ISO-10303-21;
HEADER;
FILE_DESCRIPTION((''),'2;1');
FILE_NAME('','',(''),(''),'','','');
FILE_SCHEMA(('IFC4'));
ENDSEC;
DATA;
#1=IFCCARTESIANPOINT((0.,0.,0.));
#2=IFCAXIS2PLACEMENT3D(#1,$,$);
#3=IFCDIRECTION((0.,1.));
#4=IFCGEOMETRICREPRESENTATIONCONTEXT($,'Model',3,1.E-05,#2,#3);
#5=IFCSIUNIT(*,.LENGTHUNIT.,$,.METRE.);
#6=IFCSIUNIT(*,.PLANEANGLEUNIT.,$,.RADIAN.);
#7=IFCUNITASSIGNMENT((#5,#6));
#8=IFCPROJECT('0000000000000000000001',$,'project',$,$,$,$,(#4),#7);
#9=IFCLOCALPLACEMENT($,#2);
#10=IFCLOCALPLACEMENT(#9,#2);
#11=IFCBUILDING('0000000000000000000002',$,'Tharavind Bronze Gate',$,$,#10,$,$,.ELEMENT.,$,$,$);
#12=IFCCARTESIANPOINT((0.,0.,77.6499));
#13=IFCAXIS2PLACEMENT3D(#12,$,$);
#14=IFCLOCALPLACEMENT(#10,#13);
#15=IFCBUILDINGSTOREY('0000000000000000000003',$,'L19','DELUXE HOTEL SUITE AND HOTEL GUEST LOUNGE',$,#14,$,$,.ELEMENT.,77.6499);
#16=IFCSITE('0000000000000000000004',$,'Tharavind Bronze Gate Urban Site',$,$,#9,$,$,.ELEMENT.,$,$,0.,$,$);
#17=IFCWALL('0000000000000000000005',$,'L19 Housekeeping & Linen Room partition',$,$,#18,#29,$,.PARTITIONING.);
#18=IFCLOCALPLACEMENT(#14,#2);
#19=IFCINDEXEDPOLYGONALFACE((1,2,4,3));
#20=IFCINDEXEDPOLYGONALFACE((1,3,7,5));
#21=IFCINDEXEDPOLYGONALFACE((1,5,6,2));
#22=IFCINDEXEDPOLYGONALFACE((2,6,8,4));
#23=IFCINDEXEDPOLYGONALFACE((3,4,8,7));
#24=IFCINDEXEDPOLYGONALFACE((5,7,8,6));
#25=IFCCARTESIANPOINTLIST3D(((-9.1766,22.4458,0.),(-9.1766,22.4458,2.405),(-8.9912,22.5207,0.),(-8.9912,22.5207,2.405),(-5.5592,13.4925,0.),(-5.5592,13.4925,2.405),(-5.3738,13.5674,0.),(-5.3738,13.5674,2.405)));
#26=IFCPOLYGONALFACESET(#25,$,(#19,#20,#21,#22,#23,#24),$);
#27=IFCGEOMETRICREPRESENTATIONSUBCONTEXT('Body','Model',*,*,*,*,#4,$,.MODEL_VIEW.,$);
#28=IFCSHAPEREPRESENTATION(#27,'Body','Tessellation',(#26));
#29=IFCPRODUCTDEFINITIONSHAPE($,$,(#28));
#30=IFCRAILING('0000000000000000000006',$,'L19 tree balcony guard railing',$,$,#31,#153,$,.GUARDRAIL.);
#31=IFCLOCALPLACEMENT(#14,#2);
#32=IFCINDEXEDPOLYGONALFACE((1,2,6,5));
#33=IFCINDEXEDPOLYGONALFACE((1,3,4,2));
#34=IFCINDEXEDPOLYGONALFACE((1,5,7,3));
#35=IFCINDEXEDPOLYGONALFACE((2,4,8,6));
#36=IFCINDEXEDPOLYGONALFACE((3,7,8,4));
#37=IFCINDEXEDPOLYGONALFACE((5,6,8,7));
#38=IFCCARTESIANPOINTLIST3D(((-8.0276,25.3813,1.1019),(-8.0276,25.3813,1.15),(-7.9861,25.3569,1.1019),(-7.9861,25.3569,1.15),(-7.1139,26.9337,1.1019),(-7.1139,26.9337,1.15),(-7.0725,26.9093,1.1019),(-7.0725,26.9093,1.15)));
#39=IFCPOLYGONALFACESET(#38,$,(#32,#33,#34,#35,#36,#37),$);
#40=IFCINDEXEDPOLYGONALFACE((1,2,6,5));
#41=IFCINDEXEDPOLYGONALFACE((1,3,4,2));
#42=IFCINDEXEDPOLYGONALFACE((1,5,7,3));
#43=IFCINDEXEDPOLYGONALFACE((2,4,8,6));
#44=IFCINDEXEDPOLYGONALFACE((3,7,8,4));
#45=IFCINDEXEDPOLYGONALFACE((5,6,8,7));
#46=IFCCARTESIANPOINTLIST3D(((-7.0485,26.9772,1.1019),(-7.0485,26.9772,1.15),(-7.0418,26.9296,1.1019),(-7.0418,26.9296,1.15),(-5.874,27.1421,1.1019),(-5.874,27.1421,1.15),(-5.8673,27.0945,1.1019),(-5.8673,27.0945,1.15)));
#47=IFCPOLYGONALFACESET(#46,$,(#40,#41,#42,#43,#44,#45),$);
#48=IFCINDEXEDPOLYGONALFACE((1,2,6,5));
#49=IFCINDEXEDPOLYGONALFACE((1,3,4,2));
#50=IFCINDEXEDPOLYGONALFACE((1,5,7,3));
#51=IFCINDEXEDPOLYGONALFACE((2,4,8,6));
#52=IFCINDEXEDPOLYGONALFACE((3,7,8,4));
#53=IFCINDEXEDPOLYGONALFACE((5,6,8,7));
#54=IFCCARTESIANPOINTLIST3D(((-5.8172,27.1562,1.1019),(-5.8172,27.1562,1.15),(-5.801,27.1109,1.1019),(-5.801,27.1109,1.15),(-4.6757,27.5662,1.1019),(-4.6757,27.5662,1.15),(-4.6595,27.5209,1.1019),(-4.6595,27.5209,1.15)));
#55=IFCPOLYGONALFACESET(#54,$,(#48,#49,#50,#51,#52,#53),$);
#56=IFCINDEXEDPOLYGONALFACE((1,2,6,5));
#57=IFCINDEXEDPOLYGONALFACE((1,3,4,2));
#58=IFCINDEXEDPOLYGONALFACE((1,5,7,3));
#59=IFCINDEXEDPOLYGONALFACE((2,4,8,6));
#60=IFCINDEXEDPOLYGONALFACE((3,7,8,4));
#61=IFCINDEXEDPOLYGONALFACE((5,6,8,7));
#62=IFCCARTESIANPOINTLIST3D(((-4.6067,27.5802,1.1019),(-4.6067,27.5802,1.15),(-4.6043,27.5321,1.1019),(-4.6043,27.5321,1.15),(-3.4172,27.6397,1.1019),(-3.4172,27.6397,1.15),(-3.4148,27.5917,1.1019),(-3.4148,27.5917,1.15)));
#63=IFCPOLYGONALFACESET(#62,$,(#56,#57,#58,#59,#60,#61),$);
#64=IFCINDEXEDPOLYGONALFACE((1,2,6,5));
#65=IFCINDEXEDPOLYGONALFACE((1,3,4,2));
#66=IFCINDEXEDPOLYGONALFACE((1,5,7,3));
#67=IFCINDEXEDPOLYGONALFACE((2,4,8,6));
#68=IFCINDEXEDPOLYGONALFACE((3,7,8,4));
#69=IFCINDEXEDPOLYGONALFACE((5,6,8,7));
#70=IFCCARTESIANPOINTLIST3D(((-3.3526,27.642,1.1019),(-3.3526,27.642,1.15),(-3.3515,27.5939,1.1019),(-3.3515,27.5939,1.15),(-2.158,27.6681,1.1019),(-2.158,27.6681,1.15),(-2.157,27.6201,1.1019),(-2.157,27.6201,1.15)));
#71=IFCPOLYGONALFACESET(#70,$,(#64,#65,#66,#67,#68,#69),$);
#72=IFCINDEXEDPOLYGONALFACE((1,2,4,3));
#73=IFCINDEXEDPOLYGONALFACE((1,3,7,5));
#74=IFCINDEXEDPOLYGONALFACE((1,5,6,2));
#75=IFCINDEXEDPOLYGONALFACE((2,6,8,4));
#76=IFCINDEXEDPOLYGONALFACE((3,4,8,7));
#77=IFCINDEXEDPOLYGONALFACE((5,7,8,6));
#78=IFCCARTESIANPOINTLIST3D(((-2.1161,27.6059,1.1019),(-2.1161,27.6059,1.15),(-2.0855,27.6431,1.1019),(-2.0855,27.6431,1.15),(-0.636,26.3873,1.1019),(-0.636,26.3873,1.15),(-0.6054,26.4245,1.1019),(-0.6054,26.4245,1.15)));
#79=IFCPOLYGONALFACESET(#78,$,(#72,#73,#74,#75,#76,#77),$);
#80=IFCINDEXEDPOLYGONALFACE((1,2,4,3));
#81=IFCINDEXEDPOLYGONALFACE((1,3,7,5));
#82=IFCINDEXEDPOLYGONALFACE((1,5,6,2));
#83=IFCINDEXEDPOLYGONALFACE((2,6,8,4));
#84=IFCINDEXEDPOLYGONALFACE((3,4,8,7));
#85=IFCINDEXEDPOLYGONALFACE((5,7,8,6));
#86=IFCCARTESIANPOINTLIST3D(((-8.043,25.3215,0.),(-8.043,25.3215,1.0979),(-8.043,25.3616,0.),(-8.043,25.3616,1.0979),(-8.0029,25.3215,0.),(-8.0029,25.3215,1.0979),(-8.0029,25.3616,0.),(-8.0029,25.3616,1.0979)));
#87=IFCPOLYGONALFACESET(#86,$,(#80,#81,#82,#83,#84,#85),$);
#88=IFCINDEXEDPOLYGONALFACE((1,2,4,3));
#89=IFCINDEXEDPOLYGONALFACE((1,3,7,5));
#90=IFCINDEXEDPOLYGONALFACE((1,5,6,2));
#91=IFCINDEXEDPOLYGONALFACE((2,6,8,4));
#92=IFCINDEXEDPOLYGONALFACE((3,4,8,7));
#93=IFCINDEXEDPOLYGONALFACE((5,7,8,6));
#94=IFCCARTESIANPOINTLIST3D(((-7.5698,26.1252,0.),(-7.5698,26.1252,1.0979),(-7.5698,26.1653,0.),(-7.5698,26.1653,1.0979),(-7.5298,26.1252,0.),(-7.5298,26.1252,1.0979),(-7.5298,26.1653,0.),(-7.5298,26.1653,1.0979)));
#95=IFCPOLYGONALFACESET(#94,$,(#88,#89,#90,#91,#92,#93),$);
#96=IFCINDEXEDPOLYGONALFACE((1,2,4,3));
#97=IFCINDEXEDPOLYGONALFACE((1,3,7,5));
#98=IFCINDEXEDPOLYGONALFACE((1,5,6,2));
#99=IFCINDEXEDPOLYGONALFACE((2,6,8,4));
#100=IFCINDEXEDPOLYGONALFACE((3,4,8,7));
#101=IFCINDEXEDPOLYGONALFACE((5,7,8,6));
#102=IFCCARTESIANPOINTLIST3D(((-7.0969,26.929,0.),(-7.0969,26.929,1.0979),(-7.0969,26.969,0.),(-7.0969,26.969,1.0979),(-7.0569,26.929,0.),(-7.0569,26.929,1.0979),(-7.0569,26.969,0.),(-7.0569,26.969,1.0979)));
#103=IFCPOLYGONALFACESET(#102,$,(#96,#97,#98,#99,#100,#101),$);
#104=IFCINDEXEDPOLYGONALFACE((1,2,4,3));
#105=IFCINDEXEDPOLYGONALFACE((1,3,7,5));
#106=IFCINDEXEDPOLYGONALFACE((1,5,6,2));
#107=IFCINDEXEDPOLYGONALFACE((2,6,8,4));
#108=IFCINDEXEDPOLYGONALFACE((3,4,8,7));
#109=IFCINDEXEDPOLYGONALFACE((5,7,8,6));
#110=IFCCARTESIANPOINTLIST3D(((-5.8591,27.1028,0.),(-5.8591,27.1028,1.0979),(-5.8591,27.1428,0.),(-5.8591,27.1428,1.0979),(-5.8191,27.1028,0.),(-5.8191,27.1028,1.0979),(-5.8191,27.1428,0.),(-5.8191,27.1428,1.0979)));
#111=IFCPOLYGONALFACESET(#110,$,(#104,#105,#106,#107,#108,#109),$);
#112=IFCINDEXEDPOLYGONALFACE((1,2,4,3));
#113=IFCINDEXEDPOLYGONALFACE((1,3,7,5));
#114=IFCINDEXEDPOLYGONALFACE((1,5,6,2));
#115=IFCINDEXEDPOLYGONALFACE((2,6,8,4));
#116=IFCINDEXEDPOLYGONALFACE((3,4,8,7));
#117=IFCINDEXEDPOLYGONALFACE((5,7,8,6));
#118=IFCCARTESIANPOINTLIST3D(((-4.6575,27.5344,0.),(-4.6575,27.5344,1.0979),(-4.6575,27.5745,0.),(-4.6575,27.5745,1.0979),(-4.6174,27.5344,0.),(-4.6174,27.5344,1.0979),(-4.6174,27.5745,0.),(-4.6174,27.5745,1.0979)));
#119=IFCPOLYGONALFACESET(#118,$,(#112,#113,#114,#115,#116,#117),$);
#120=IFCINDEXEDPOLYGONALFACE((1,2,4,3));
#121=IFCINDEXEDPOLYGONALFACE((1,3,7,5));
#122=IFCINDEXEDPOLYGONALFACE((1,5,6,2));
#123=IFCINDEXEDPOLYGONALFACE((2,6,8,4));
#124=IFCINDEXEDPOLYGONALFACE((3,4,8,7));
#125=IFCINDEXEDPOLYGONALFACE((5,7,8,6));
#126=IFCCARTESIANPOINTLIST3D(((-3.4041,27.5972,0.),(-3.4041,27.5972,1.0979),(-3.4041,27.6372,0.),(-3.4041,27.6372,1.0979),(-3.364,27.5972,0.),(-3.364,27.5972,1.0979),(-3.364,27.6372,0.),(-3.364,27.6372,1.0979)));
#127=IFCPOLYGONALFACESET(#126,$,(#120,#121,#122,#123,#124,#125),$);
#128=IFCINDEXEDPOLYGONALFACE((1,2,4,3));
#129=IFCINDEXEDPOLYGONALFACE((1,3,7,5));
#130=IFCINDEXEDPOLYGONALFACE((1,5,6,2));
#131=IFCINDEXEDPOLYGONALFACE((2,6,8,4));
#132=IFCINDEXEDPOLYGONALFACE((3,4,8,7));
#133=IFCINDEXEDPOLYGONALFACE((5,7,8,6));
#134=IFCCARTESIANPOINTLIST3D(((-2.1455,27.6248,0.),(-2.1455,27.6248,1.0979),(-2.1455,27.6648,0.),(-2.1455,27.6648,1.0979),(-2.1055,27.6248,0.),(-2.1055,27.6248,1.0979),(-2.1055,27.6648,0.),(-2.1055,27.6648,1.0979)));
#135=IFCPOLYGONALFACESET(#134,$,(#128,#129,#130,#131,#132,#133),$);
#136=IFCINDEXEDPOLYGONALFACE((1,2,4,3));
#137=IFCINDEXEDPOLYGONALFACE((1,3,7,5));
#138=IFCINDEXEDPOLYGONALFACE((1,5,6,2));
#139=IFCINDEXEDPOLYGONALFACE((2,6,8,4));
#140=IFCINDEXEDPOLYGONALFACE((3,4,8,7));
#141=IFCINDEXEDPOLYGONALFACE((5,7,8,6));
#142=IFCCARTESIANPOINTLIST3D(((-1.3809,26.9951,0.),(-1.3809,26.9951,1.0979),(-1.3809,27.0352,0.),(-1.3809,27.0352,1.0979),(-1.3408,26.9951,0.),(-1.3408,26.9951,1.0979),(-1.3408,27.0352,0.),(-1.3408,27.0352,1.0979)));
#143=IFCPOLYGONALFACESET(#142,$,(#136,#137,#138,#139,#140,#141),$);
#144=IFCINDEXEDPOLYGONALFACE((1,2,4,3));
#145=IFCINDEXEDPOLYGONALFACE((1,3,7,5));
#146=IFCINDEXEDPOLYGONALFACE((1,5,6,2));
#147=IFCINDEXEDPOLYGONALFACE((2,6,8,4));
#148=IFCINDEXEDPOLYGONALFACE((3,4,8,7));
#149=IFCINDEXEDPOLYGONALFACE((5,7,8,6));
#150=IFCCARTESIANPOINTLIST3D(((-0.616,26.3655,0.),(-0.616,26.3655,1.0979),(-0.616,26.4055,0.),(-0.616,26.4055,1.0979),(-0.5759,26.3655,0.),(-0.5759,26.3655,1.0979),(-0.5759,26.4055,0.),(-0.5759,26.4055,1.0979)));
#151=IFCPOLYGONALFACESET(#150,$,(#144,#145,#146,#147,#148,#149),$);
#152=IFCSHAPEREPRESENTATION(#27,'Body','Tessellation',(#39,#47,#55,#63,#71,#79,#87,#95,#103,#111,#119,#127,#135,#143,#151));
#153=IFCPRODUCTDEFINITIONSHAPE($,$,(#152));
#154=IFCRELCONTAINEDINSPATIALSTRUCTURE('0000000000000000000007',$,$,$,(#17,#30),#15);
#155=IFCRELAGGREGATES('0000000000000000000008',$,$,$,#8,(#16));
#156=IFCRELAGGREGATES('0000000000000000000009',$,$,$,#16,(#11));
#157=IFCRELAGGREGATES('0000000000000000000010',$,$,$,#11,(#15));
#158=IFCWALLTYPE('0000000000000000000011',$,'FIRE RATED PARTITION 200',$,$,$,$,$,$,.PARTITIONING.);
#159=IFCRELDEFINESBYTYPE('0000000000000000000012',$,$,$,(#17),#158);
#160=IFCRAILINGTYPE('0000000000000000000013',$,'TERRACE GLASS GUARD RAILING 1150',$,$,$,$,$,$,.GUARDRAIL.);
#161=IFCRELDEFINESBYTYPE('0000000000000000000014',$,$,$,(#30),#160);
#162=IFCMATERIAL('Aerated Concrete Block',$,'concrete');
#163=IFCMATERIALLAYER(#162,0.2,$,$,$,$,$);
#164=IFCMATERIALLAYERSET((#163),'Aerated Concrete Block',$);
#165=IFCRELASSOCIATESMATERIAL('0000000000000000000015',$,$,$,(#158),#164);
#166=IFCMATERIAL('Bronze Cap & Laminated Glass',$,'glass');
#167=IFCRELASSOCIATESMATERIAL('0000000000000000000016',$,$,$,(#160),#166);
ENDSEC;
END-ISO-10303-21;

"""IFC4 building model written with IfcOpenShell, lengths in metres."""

from ifc_helpers import new_model, si_unit, direction, frame, frame_2d, origin, origin_2d, place, context, subcontext, project, spatial, rectangle, extrude, material, layer, layer_set, type_object, element, save


model = new_model("IFC4")

# Units and contexts
model_context = context("Model", 3, precision=1e-05, world=origin(), true_north=direction((0.0, 1.0)))
body_context = subcontext(model_context, "Body", "Model", "MODEL_VIEW")
ifc_project = project(units=[si_unit("LENGTHUNIT", "METRE"), si_unit("PLANEANGLEUNIT", "RADIAN")], contexts=[model_context])

# Site, building, storey
site_placement = place(None, origin())
site = spatial("IfcSite", under=ifc_project, at=site_placement, Name="Tharavind Bronze Gate Urban Site", CompositionType="ELEMENT", RefElevation=0.0)
building_placement = place(site_placement, origin())
building = spatial("IfcBuilding", under=site, at=building_placement, Name="Tharavind Bronze Gate", CompositionType="ELEMENT")
storey_placement = place(building_placement, frame((0.0, 0.0, 77.6499)))
storey = spatial("IfcBuildingStorey", under=building, at=storey_placement, Name="L19", Description="DELUXE HOTEL SUITE AND HOTEL GUEST LOUNGE", CompositionType="ELEMENT", Elevation=77.6499)

# Wall
ifc_material_1 = material(Name="Aerated Concrete Block", Category="concrete")
ifc_layer_1 = layer(ifc_material_1, 0.2)
ifc_layer_set_1 = layer_set([ifc_layer_1], Name="Aerated Concrete Block")
wall_type_1 = type_object("IfcWallType", Name="FIRE RATED PARTITION 200", PredefinedType="PARTITIONING", material=ifc_layer_set_1)
wall_1_placement = place(storey_placement, frame((-5.4666, 13.53, 0.0), z_axis=(0.0, 0.0, 1.0), x_axis=(-0.37461, 0.927183, 0.0)))
element("IfcWall", 1, at=wall_1_placement, inside=storey, type_object=wall_type_1, Name="L19 Housekeeping & Linen Room partition", PredefinedType="PARTITIONING", context=body_context, shape_type="SweptSolid", body=[
    extrude(rectangle(XDim=9.6565, YDim=0.2, at=frame_2d((4.8281, 0.0))), origin(), (0.0, 0.0, 1.0), 2.405),
])

# Railing
ifc_material_2 = material(Name="Bronze Cap & Laminated Glass", Category="glass")
railing_type = type_object("IfcRailingType", Name="TERRACE GLASS GUARD RAILING 1150", PredefinedType="GUARDRAIL", material=ifc_material_2)
railing_placement = place(storey_placement, frame((-8.0229, 25.3416, 0.0)))
element("IfcRailing", 2, at=railing_placement, inside=storey, type_object=railing_type, Name="L19 tree balcony guard railing", PredefinedType="GUARDRAIL", context=body_context, shape_type="SweptSolid", body=[
    extrude(rectangle(XDim=0.0481, YDim=0.0481, at=origin_2d()), frame((0.0161, 0.0276, 1.126), z_axis=(0.50722, 0.861816, 0.0), x_axis=(-0.861816, 0.50722, 0.0)), (0.0, 0.0, 1.0), 1.8013),
    extrude(rectangle(XDim=0.0481, YDim=0.0481, at=origin_2d()), frame((0.9778, 1.6118, 1.126), z_axis=(0.990283, 0.139069, 0.0), x_axis=(-0.139069, 0.990283, 0.0)), (0.0, 0.0, 1.0), 1.186),
    extrude(rectangle(XDim=0.0481, YDim=0.0481, at=origin_2d()), frame((2.2139, 1.792, 1.126), z_axis=(0.941126, 0.338056, 0.0), x_axis=(-0.338056, 0.941126, 0.0)), (0.0, 0.0, 1.0), 1.2129),
    extrude(rectangle(XDim=0.0481, YDim=0.0481, at=origin_2d()), frame((3.4175, 2.2146, 1.126), z_axis=(0.998749, 0.049996, 0.0), x_axis=(-0.049996, 0.998749, 0.0)), (0.0, 0.0, 1.0), 1.1909),
    extrude(rectangle(XDim=0.0481, YDim=0.0481, at=origin_2d()), frame((4.6709, 2.2764, 1.126), z_axis=(0.99976, 0.021915, 0.0), x_axis=(-0.021915, 0.99976, 0.0)), (0.0, 0.0, 1.0), 1.1948),
    extrude(rectangle(XDim=0.0481, YDim=0.0481, at=origin_2d()), frame((5.9221, 2.283, 1.126), z_axis=(0.772016, -0.635604, 0.0), x_axis=(0.635604, 0.772016, 0.0)), (0.0, 0.0, 1.0), 1.9172),
    extrude(rectangle(XDim=0.04, YDim=0.04, at=origin_2d()), origin(), (0.0, 0.0, 1.0), 1.0979),
    extrude(rectangle(XDim=0.04, YDim=0.04, at=origin_2d()), frame((0.4731, 0.8037, 0.0)), (0.0, 0.0, 1.0), 1.0979),
    extrude(rectangle(XDim=0.04, YDim=0.04, at=origin_2d()), frame((0.946, 1.6074, 0.0)), (0.0, 0.0, 1.0), 1.0979),
    extrude(rectangle(XDim=0.04, YDim=0.04, at=origin_2d()), frame((2.1838, 1.7812, 0.0)), (0.0, 0.0, 1.0), 1.0979),
    extrude(rectangle(XDim=0.04, YDim=0.04, at=origin_2d()), frame((3.3855, 2.2129, 0.0)), (0.0, 0.0, 1.0), 1.0979),
    extrude(rectangle(XDim=0.04, YDim=0.04, at=origin_2d()), frame((4.6389, 2.2756, 0.0)), (0.0, 0.0, 1.0), 1.0979),
    extrude(rectangle(XDim=0.04, YDim=0.04, at=origin_2d()), frame((5.8975, 2.3032, 0.0)), (0.0, 0.0, 1.0), 1.0979),
    extrude(rectangle(XDim=0.04, YDim=0.04, at=origin_2d()), frame((6.6621, 1.6736, 0.0)), (0.0, 0.0, 1.0), 1.0979),
    extrude(rectangle(XDim=0.04, YDim=0.04, at=origin_2d()), frame((7.427, 1.0439, 0.0)), (0.0, 0.0, 1.0), 1.0979),
])

save(model, "model.ifc")
